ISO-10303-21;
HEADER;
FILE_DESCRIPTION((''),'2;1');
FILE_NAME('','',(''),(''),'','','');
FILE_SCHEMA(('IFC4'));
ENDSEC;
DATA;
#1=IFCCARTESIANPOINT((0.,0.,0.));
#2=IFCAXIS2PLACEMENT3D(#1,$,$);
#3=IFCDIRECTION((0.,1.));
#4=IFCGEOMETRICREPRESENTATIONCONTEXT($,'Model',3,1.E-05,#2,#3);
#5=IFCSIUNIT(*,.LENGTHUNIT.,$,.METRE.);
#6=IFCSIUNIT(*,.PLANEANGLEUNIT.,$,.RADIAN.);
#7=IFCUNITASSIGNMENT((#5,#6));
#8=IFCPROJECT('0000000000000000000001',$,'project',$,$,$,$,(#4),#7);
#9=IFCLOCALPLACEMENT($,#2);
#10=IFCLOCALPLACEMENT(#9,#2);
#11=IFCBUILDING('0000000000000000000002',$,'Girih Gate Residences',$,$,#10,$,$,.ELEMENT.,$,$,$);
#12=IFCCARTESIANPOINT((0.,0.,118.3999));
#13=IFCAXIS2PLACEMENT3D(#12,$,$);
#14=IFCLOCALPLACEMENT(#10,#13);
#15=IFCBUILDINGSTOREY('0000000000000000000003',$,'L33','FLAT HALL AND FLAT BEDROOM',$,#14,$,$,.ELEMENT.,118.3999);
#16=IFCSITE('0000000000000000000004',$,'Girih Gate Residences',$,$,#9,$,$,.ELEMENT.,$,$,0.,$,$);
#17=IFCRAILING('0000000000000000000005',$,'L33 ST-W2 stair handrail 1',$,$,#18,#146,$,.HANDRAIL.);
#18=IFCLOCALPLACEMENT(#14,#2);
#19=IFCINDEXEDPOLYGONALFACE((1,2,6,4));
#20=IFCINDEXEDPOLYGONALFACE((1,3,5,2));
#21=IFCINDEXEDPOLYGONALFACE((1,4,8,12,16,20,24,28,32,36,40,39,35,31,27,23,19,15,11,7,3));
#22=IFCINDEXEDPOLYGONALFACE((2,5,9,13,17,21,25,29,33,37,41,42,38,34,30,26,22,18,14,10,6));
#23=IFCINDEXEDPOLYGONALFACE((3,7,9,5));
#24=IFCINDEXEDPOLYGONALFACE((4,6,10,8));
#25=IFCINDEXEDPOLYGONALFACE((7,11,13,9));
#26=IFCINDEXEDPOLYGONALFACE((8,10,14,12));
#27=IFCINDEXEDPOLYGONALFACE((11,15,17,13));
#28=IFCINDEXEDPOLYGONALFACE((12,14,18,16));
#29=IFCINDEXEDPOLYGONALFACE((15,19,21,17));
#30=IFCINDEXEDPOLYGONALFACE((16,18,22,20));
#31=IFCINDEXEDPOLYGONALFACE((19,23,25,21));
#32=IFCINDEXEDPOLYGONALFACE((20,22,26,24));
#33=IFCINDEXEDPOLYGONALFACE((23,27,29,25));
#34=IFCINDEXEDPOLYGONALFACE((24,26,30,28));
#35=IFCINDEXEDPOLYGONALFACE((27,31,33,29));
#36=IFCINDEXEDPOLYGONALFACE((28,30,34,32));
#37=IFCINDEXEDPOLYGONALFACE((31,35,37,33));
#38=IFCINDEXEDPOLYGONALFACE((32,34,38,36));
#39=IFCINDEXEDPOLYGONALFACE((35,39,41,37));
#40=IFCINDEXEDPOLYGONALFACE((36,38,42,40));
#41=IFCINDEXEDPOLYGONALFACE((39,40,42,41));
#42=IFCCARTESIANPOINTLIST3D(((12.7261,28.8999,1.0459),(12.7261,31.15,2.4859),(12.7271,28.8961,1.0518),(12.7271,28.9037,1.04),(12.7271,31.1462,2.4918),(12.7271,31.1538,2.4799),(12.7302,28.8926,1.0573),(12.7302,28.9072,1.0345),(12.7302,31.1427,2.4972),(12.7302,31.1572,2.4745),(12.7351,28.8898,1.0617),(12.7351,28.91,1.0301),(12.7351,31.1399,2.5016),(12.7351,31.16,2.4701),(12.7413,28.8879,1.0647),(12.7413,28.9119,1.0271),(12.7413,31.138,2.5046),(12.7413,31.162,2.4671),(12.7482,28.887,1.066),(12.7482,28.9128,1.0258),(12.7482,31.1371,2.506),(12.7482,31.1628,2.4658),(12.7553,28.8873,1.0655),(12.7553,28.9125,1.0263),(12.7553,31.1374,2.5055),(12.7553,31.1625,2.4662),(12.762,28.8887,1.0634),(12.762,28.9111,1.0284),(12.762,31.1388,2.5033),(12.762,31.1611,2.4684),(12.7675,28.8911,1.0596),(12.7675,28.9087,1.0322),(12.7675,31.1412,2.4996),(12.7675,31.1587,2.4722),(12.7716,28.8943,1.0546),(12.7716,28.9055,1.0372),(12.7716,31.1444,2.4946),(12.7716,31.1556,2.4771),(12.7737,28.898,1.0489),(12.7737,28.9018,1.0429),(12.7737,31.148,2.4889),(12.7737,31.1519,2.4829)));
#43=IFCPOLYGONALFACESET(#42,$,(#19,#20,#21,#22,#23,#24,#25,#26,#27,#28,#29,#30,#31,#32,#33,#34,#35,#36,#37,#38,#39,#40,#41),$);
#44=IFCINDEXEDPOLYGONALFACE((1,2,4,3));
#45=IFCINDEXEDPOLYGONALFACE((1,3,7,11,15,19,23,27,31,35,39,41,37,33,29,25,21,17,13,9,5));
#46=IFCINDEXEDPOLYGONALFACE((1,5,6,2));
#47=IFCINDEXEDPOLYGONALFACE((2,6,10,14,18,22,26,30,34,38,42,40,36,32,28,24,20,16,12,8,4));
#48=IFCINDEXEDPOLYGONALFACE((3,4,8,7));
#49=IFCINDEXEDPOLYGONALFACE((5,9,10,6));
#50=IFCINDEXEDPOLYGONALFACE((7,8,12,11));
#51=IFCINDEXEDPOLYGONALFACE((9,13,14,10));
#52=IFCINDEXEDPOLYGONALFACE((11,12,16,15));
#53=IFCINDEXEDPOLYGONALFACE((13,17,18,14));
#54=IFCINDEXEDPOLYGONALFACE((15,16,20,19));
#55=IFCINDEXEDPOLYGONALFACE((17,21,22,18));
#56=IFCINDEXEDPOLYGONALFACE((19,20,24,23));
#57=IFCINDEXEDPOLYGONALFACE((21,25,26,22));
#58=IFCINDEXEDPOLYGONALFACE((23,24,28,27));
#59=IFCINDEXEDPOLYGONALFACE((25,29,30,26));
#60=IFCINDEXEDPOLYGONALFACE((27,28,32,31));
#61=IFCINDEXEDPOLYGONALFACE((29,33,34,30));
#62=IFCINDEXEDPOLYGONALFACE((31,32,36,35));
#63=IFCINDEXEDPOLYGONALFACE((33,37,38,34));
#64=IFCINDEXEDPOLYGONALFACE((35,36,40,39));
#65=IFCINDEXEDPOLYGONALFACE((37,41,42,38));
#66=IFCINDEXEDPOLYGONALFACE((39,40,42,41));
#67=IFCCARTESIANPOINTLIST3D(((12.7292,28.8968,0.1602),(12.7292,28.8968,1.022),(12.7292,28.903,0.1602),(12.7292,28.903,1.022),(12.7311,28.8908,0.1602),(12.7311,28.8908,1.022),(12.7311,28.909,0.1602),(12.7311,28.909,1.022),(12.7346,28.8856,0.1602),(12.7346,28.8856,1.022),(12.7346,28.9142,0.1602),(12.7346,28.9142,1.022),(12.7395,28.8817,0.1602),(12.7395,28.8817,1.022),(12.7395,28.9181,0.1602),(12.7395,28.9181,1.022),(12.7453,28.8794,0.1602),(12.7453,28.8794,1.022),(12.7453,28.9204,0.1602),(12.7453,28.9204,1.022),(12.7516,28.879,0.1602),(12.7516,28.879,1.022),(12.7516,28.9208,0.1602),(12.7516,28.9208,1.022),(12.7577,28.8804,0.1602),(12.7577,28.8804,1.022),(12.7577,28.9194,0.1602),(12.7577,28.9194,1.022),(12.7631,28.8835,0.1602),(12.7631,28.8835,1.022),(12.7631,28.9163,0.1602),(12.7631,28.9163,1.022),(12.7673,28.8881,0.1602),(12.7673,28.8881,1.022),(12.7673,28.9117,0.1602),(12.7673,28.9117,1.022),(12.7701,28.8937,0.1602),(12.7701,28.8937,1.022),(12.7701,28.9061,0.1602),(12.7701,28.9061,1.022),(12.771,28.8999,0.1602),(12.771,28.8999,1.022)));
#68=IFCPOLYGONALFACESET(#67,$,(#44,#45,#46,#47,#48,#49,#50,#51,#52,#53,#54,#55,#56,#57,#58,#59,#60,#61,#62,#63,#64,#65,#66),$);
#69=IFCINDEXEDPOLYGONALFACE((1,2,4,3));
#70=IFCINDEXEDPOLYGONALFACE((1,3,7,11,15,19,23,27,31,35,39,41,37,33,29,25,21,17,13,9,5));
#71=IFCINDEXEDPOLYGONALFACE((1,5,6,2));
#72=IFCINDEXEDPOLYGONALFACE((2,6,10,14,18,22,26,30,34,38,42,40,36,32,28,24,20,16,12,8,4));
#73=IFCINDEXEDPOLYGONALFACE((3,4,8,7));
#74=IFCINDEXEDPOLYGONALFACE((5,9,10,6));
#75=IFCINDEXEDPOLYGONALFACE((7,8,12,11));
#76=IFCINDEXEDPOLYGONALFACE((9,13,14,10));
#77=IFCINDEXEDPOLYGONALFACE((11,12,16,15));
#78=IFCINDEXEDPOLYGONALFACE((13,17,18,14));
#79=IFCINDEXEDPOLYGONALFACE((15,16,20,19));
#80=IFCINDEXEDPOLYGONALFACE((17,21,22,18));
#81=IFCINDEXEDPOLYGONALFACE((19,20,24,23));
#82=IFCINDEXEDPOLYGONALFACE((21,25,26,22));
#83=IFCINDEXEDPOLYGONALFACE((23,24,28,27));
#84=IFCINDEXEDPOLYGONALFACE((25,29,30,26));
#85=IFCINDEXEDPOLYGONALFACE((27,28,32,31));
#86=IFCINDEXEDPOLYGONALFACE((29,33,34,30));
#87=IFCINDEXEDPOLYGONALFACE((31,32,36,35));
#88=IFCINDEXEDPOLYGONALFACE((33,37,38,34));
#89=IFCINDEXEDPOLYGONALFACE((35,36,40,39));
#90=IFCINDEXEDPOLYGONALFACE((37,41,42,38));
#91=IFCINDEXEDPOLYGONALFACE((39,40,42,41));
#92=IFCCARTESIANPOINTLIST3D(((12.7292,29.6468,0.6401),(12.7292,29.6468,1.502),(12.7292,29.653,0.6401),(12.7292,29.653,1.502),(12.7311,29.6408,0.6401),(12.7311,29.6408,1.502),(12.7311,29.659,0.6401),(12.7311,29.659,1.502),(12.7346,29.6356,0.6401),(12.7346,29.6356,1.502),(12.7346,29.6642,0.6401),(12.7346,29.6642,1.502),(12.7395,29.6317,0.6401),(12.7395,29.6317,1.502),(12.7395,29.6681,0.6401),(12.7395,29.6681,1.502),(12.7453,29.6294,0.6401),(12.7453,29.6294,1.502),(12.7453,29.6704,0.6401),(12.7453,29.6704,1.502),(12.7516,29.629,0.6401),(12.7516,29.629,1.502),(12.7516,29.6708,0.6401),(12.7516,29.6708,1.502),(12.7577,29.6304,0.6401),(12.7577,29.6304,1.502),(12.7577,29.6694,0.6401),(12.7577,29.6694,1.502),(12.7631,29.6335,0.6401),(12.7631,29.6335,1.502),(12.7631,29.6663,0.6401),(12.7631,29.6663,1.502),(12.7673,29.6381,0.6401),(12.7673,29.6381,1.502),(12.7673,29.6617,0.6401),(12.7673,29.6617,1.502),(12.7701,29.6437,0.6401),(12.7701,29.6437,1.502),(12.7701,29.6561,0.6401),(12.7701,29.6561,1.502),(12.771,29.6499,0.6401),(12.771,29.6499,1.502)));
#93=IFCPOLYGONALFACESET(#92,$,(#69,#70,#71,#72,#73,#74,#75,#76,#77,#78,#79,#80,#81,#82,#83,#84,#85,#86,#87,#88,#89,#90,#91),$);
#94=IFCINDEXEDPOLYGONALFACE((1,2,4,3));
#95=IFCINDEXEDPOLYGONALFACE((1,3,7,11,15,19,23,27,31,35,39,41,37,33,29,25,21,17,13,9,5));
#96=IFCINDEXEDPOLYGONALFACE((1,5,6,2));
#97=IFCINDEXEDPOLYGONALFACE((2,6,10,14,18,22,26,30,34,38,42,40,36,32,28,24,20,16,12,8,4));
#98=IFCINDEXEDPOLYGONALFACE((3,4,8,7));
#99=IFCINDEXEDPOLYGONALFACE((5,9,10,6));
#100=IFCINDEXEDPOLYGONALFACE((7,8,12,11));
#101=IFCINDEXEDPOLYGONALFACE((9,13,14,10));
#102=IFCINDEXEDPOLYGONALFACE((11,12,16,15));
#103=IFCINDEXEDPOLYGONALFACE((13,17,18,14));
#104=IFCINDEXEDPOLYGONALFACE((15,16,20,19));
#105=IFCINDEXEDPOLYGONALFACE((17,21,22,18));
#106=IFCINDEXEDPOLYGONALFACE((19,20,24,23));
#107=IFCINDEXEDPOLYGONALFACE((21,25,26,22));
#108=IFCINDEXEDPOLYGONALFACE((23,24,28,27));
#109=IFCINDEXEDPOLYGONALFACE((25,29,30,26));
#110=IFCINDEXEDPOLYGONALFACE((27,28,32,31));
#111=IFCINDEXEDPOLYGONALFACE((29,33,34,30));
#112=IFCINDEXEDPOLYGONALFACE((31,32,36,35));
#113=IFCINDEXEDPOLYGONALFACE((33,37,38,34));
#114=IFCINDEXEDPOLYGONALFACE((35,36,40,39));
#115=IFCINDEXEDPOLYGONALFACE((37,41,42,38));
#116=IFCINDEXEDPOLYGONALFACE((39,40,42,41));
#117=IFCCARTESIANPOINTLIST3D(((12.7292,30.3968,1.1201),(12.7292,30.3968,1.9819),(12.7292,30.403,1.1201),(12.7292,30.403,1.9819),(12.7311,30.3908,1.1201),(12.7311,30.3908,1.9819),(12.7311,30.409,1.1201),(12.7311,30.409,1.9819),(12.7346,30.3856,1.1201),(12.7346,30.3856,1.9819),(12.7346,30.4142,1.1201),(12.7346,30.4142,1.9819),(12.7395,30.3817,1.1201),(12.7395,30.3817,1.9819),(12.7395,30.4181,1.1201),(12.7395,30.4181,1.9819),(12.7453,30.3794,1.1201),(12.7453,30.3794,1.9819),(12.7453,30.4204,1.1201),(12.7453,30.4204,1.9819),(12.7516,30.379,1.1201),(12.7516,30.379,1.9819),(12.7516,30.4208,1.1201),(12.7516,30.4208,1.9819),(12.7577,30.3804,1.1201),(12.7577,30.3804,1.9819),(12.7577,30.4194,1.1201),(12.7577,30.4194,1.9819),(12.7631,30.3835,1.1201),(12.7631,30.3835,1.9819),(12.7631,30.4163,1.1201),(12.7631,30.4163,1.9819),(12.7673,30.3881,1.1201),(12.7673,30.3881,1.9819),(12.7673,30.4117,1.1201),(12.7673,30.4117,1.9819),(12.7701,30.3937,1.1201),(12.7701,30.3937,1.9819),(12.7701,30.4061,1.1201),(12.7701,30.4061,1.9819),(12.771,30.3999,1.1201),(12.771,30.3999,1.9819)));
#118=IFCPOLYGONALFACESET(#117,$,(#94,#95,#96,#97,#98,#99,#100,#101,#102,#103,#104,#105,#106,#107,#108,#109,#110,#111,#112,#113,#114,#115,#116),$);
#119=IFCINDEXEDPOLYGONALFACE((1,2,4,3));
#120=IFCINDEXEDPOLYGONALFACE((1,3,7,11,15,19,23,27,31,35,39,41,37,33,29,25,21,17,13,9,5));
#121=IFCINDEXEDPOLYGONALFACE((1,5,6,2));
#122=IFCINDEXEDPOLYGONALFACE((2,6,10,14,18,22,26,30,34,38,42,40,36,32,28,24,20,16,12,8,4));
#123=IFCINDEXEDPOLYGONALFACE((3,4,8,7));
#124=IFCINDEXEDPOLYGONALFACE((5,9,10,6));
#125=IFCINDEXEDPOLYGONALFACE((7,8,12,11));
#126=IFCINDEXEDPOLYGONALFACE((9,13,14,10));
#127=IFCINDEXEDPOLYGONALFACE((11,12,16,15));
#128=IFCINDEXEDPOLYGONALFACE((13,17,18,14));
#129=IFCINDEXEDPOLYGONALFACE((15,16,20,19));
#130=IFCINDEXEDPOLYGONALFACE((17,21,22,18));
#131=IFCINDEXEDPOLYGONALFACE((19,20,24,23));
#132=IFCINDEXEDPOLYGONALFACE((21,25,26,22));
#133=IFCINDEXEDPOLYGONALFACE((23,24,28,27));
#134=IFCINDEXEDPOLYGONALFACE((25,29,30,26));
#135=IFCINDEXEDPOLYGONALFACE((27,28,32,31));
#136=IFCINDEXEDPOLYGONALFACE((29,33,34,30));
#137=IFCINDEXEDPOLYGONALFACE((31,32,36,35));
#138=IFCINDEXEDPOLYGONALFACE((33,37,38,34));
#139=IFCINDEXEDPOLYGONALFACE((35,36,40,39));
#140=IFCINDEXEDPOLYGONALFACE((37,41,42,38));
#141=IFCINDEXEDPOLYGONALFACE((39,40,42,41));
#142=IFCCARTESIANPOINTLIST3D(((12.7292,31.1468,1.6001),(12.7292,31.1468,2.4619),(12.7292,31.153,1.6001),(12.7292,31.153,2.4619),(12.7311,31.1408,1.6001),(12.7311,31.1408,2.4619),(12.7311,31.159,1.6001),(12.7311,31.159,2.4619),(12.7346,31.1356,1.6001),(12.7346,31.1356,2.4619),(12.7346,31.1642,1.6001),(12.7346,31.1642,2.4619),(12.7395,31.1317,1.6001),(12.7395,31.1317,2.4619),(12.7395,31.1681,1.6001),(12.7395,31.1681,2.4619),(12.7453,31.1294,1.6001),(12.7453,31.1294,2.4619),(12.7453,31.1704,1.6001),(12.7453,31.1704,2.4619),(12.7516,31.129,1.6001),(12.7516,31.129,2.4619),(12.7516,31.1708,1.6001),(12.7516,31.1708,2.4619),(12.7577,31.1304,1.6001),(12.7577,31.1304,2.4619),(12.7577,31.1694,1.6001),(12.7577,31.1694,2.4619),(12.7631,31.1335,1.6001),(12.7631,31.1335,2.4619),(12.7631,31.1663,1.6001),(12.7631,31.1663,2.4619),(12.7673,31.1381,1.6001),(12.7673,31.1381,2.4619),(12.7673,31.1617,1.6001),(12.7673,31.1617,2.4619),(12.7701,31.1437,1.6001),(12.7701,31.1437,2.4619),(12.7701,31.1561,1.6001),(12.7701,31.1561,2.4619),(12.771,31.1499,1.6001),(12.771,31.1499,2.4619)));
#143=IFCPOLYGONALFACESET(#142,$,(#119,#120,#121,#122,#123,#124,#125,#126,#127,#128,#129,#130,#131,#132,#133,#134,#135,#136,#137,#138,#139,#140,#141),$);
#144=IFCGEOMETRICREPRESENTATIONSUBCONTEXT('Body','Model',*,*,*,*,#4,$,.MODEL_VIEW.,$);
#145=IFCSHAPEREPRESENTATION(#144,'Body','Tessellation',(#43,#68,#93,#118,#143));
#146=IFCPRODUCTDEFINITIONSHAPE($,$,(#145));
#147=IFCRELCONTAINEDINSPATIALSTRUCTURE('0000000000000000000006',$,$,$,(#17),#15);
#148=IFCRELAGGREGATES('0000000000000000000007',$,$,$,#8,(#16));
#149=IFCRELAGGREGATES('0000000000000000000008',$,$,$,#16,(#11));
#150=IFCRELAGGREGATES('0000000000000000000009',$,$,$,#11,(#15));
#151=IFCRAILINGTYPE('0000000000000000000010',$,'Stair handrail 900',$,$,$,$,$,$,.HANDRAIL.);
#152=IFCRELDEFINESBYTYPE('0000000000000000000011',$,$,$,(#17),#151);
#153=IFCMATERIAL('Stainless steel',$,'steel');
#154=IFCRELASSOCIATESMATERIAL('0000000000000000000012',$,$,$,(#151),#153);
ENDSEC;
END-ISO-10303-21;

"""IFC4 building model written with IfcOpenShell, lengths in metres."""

from ifc_helpers import new_model, si_unit, direction, frame, origin, origin_2d, place, context, subcontext, project, spatial, circle, extrude, material, type_object, element, save


model = new_model("IFC4")

# Units and contexts
model_context = context("Model", 3, precision=1e-05, world=origin(), true_north=direction((0.0, 1.0)))
body_context = subcontext(model_context, "Body", "Model", "MODEL_VIEW")
ifc_project = project(units=[si_unit("LENGTHUNIT", "METRE"), si_unit("PLANEANGLEUNIT", "RADIAN")], contexts=[model_context])

# Site, building, storey
site_placement = place(None, origin())
site = spatial("IfcSite", under=ifc_project, at=site_placement, Name="Girih Gate Residences", CompositionType="ELEMENT", RefElevation=0.0)
building_placement = place(site_placement, origin())
building = spatial("IfcBuilding", under=site, at=building_placement, Name="Girih Gate Residences", CompositionType="ELEMENT")
storey_placement = place(building_placement, frame((0.0, 0.0, 118.3999)))
storey = spatial("IfcBuildingStorey", under=building, at=storey_placement, Name="L33", Description="FLAT HALL AND FLAT BEDROOM", CompositionType="ELEMENT", Elevation=118.3999)

# Railing
ifc_material_1 = material(Name="Stainless steel", Category="steel")
railing_type_1 = type_object("IfcRailingType", Name="Stair handrail 900", PredefinedType="HANDRAIL", material=ifc_material_1)
railing_1_placement = place(storey_placement, frame((12.75, 28.8999, 0.1602)))
element("IfcRailing", 1, at=railing_1_placement, inside=storey, type_object=railing_type_1, Name="L33 ST-W2 stair handrail 1", PredefinedType="HANDRAIL", context=body_context, shape_type="SweptSolid", body=[
    extrude(circle(Radius=0.0239, at=origin_2d()), frame((0.0, 0.0, 0.8857), z_axis=(0.0, 0.842281, 0.539038), x_axis=(-1.0, 0.0, 0.0)), (0.0, 0.0, 1.0), 2.6714),
    extrude(circle(Radius=0.021, at=origin_2d()), origin(), (0.0, 0.0, 1.0), 0.8618),
    extrude(circle(Radius=0.021, at=origin_2d()), frame((0.0, 0.75, 0.48)), (0.0, 0.0, 1.0), 0.8618),
    extrude(circle(Radius=0.021, at=origin_2d()), frame((0.0, 1.5, 0.96)), (0.0, 0.0, 1.0), 0.8618),
    extrude(circle(Radius=0.021, at=origin_2d()), frame((0.0, 2.25, 1.4399)), (0.0, 0.0, 1.0), 0.8618),
])

save(model, "model.ifc")
